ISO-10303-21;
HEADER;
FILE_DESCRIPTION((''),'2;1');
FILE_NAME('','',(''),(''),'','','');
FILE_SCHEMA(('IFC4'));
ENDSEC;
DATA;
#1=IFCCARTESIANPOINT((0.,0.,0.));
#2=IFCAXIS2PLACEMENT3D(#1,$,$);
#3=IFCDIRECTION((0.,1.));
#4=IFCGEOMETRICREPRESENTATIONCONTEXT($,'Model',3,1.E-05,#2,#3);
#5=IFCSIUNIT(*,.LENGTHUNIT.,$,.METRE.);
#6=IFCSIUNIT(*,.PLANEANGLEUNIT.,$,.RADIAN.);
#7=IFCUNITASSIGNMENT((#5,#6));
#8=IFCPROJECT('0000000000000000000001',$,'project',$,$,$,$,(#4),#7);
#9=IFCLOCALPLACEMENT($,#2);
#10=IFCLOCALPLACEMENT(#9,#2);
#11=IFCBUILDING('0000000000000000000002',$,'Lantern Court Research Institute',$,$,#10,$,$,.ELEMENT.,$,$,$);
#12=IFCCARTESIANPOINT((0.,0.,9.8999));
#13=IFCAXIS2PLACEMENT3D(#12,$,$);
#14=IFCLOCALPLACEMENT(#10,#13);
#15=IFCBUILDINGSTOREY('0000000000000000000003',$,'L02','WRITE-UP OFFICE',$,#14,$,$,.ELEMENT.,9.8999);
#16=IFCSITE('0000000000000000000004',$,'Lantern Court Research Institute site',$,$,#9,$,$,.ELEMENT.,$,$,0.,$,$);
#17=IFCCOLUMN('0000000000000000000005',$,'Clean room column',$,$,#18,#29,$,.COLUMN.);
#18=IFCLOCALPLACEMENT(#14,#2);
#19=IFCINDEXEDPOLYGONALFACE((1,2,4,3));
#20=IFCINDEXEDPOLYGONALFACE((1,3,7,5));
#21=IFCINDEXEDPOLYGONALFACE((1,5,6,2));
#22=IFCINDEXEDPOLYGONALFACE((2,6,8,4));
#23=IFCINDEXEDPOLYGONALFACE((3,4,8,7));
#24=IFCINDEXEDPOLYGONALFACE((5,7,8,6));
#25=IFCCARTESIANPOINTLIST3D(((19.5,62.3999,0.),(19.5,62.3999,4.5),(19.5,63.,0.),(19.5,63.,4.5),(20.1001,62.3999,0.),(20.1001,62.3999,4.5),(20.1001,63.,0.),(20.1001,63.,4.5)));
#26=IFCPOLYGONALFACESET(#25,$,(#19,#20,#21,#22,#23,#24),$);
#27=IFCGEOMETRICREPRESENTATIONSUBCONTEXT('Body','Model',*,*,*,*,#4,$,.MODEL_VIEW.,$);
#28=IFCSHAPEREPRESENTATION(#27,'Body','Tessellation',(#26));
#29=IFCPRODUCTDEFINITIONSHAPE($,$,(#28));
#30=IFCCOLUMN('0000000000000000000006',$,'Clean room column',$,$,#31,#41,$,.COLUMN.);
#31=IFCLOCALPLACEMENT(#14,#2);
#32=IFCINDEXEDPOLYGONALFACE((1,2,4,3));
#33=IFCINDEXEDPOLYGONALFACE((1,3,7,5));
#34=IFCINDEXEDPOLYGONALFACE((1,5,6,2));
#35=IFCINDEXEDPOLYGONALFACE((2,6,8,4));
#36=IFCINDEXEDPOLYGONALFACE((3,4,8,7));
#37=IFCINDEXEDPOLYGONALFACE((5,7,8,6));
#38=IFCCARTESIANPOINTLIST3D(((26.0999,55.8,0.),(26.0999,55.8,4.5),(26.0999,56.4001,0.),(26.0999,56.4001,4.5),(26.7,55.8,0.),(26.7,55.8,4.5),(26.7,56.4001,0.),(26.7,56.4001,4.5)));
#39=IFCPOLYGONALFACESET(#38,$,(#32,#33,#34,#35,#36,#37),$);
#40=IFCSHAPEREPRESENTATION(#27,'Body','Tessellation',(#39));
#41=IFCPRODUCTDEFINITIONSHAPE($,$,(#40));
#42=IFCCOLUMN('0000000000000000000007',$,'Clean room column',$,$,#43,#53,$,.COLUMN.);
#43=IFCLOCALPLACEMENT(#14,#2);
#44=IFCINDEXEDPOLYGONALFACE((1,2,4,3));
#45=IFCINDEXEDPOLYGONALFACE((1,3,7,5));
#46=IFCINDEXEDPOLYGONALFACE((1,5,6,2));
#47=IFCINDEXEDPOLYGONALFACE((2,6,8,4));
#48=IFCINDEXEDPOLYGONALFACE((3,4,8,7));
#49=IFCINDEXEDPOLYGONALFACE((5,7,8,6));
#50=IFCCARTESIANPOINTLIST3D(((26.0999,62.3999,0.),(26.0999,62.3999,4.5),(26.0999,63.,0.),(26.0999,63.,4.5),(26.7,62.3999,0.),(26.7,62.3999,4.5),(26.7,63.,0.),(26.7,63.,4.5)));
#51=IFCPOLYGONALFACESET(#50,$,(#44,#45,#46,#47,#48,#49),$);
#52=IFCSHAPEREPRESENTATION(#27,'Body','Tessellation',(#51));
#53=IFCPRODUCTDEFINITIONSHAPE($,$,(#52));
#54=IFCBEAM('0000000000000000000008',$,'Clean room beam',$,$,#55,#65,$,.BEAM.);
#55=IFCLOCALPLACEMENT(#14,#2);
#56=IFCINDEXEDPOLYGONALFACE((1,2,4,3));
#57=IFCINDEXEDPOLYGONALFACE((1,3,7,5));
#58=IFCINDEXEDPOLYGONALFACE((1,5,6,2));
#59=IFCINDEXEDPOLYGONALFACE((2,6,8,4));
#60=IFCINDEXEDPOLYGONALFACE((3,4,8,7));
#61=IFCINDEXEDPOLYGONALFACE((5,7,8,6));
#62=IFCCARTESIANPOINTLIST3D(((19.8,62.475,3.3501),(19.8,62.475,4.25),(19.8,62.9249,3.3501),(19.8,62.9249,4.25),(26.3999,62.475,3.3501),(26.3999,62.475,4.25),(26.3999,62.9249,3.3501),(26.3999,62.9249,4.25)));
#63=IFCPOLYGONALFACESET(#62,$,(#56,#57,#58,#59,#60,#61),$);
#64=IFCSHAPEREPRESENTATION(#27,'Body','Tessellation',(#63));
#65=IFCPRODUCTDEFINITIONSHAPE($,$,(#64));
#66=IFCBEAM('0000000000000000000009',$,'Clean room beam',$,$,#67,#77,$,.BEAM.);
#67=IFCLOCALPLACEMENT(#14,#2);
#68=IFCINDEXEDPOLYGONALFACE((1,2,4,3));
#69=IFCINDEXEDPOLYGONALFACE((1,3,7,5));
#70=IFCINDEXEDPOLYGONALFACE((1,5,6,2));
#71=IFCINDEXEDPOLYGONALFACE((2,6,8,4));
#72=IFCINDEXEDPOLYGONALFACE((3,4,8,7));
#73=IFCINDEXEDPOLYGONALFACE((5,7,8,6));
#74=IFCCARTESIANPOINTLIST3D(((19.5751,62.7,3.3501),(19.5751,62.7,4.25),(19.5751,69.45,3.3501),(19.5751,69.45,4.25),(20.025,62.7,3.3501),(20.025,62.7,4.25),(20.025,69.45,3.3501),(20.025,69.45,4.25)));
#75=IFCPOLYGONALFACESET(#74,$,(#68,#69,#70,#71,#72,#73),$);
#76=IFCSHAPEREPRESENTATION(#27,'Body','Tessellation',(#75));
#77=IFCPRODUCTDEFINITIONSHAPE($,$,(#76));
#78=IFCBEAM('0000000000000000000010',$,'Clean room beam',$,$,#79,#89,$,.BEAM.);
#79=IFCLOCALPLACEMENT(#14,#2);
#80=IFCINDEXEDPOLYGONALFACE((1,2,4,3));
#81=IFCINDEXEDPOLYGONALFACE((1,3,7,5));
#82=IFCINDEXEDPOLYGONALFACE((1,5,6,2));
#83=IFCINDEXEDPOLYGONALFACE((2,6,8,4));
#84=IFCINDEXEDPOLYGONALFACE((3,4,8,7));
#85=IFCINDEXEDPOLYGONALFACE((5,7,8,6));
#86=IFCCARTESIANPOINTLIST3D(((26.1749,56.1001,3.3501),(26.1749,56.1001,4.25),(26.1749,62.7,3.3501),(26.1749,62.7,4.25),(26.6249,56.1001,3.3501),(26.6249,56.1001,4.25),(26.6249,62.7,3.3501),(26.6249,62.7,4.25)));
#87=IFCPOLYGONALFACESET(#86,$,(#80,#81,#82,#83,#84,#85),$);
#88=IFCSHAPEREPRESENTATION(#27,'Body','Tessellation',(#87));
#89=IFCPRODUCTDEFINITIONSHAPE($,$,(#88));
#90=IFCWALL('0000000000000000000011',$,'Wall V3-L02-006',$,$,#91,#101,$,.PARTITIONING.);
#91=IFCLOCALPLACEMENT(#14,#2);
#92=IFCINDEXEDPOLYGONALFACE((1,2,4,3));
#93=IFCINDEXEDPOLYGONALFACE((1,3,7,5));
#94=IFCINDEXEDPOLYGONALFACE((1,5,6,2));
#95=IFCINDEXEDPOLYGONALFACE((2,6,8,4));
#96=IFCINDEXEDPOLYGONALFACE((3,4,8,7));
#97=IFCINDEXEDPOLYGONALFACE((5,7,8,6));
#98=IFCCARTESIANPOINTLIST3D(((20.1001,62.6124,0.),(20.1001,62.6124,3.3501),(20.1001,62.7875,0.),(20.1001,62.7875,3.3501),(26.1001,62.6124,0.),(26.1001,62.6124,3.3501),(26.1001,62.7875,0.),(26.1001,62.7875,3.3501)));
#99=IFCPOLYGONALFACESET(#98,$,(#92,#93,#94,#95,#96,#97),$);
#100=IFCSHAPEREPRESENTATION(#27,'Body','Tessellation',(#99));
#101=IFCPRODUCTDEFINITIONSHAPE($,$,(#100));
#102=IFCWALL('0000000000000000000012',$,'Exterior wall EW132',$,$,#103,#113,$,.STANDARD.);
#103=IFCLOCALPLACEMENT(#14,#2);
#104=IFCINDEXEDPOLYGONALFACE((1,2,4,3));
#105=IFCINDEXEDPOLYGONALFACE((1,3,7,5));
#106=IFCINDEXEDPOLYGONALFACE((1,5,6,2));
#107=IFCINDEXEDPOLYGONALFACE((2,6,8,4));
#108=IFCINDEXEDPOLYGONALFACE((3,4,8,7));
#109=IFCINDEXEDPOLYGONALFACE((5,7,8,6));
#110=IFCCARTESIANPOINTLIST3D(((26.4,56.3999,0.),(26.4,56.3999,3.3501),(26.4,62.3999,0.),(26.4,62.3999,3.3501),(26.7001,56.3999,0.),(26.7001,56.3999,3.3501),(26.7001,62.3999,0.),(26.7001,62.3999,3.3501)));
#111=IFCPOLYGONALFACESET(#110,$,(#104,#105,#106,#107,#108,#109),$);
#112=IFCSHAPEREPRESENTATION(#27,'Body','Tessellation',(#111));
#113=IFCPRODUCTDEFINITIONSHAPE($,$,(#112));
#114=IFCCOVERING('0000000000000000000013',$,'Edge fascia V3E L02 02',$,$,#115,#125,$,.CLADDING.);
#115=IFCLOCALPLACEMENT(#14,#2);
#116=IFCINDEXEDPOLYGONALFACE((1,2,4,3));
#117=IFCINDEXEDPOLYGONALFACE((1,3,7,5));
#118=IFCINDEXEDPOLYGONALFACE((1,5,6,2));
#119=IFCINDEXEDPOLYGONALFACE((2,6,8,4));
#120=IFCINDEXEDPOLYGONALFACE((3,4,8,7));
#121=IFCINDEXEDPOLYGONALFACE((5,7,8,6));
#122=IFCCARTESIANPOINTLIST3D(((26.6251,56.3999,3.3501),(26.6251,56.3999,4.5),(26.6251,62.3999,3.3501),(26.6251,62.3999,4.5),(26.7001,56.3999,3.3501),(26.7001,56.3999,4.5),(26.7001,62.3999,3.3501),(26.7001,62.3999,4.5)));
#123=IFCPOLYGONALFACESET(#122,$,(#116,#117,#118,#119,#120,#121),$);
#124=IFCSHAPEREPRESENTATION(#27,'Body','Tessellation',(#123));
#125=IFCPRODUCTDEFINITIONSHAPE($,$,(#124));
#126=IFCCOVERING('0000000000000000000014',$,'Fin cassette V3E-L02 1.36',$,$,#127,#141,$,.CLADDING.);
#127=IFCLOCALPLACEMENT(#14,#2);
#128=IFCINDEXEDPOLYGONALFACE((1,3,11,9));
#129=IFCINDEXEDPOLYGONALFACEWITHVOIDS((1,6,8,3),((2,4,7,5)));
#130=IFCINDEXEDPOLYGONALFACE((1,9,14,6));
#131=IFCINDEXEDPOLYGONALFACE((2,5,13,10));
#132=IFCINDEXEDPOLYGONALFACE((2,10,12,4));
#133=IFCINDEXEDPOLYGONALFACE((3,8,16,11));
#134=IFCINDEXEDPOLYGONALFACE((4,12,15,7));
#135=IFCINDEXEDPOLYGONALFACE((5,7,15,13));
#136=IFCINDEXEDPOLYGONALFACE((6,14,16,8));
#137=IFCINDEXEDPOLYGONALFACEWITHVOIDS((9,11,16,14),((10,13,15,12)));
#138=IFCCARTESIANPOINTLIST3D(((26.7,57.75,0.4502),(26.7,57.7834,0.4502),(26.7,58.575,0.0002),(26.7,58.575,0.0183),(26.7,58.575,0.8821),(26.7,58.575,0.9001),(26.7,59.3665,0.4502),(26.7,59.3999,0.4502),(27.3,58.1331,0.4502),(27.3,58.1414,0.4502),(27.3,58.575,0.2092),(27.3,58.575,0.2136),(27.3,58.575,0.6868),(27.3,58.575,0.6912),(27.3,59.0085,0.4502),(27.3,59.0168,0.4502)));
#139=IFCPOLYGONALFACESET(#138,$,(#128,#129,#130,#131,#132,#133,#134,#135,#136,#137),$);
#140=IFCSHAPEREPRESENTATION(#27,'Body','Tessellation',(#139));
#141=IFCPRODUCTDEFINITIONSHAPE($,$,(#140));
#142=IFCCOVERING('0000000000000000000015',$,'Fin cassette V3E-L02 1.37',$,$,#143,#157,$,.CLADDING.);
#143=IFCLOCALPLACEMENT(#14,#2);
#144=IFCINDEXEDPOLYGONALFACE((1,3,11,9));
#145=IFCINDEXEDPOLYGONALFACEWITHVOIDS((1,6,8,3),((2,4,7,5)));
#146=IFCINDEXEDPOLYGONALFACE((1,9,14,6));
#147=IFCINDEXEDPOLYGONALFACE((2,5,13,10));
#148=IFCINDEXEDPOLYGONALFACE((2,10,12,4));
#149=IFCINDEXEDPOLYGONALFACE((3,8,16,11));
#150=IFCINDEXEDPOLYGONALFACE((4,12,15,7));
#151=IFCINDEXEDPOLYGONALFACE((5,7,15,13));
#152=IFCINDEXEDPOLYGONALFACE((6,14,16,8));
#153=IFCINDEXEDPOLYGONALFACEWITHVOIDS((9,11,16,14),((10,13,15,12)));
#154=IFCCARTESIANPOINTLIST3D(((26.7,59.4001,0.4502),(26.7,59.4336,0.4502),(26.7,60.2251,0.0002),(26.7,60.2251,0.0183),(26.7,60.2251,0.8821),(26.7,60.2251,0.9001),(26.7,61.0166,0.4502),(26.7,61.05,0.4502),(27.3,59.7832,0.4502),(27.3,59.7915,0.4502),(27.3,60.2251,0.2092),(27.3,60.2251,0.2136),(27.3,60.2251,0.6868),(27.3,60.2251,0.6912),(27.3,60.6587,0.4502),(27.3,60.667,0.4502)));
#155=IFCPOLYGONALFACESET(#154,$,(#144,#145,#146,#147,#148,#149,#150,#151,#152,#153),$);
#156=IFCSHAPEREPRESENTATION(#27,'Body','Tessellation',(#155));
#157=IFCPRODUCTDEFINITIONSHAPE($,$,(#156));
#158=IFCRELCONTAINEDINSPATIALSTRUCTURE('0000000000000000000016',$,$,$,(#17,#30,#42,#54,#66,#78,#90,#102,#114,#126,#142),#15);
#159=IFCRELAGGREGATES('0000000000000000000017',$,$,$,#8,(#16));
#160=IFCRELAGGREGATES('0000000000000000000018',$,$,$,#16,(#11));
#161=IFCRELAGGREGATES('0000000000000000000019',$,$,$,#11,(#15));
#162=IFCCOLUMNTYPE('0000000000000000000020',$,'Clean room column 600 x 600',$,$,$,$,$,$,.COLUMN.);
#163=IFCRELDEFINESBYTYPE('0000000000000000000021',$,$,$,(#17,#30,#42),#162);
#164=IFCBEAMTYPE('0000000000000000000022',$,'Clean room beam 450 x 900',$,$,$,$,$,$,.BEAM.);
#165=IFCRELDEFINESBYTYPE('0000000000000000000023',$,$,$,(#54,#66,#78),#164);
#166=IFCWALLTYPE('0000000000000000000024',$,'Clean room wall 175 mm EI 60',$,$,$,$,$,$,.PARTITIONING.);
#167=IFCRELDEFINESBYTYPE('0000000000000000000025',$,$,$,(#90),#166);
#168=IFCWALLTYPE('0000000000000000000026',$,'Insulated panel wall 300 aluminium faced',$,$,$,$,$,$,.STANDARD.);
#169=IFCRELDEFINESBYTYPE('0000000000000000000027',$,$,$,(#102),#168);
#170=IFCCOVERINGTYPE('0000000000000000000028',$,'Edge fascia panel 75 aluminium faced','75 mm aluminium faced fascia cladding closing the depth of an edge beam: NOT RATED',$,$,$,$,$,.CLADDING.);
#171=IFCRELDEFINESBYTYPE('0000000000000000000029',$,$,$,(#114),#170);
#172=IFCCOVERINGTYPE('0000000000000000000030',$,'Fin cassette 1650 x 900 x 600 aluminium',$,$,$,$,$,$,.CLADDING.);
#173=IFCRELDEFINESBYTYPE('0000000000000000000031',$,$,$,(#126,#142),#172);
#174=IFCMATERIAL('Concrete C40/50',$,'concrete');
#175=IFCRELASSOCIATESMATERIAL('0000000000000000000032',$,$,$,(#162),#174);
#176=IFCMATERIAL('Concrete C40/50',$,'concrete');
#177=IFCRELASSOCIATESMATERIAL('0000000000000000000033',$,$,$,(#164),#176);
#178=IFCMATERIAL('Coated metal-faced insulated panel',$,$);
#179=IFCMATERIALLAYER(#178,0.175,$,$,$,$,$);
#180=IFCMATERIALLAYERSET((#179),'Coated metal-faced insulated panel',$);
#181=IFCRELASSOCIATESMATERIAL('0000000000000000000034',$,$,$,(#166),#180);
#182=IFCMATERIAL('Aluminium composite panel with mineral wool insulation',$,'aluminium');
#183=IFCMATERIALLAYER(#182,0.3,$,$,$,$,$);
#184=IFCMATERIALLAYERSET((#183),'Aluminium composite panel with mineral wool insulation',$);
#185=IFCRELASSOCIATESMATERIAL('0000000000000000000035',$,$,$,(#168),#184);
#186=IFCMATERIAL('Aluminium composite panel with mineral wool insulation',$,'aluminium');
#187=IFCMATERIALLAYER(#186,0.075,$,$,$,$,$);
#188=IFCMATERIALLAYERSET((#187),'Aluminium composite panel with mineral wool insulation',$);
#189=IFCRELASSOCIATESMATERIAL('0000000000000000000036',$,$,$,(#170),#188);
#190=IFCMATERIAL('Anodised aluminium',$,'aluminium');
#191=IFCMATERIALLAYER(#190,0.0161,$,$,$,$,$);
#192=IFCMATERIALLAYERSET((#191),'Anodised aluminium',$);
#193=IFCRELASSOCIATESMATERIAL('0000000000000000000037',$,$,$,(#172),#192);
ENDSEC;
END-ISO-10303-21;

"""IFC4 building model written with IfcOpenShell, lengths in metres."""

from ifc_helpers import new_model, entity, si_unit, direction, frame, frame_2d, origin, origin_2d, place, context, subcontext, project, spatial, rectangle, extrude, material, layer, layer_set, material_profile, profile_set, type_object, element, save


model = new_model("IFC4")

# Units and contexts
model_context = context("Model", 3, precision=1e-05, world=origin(), true_north=direction((0.0, 1.0)))
body_context = subcontext(model_context, "Body", "Model", "MODEL_VIEW")
ifc_project = project(units=[si_unit("LENGTHUNIT", "METRE"), si_unit("PLANEANGLEUNIT", "RADIAN")], contexts=[model_context])

# Site, building, storey
site_placement = place(None, origin())
site = spatial("IfcSite", under=ifc_project, at=site_placement, Name="Lantern Court Research Institute site", CompositionType="ELEMENT", RefElevation=0.0)
building_placement = place(site_placement, origin())
building = spatial("IfcBuilding", under=site, at=building_placement, Name="Lantern Court Research Institute", CompositionType="ELEMENT")
storey_placement = place(building_placement, frame((0.0, 0.0, 9.8999)))
storey = spatial("IfcBuildingStorey", under=building, at=storey_placement, Name="L02", Description="WRITE-UP OFFICE", CompositionType="ELEMENT", Elevation=9.8999)

# Columns
ifc_material_1 = material(Name="Concrete C40/50", Category="concrete")
ifc_material_profile_1 = material_profile(ifc_material_1, rectangle(XDim=0.6001, YDim=0.6001, at=origin_2d()), Name="Clean room column 600 x 600")
ifc_profile_set_1 = profile_set([ifc_material_profile_1], Name="Concrete C40/50")
column_type = type_object("IfcColumnType", Name="Clean room column 600 x 600", PredefinedType="COLUMN", material=ifc_profile_set_1)
for number, where, z_axis, x_axis, name in (
    (1, (19.8, 62.7, 0.0), (0.0, 0.0, 1.0), (1.0, 0.0, 0.0), "Clean room column"),
    (2, (26.3999, 56.1001, 0.0), (0.0, 0.0, 1.0), (1.0, 0.0, 0.0), "Clean room column"),
    (3, (26.3999, 62.7, 0.0), (0.0, 0.0, 1.0), (1.0, 0.0, 0.0), "Clean room column"),
):
    element("IfcColumn", number, at=place(storey_placement, frame(where, z_axis=z_axis, x_axis=x_axis)), inside=storey, type_object=column_type, Name=name, PredefinedType="COLUMN", context=body_context, shape_type="SweptSolid", body=[
        extrude(rectangle(XDim=0.6001, YDim=0.6001, at=origin_2d()), origin(), (0.0, 0.0, 1.0), 4.5),
    ])

# Beams
ifc_material_2 = material(Name="Concrete C40/50", Category="concrete")
ifc_material_profile_2 = material_profile(ifc_material_2, rectangle(XDim=0.45, YDim=0.8999, at=origin_2d()), Name="Clean room beam 450 x 900")
ifc_profile_set_2 = profile_set([ifc_material_profile_2], Name="Concrete C40/50")
beam_type = type_object("IfcBeamType", Name="Clean room beam 450 x 900", PredefinedType="BEAM", material=ifc_profile_set_2)
beam_1_placement = place(storey_placement, frame((19.8, 62.7, 3.8), z_axis=(1.0, 0.0, 0.0), x_axis=(0.0, 1.0, 0.0)))
element("IfcBeam", 4, at=beam_1_placement, inside=storey, type_object=beam_type, Name="Clean room beam", PredefinedType="BEAM", context=body_context, shape_type="SweptSolid", body=[
    extrude(rectangle(XDim=0.45, YDim=0.8999, at=origin_2d()), origin(), (0.0, 0.0, 1.0), 6.5999),
])
beam_2_placement = place(storey_placement, frame((19.8, 62.7, 3.8), z_axis=(0.0, 1.0, 0.0), x_axis=(-1.0, 0.0, 0.0)))
element("IfcBeam", 5, at=beam_2_placement, inside=storey, type_object=beam_type, Name="Clean room beam", PredefinedType="BEAM", context=body_context, shape_type="SweptSolid", body=[
    extrude(rectangle(XDim=0.45, YDim=0.8999, at=origin_2d()), origin(), (0.0, 0.0, 1.0), 6.75),
])
beam_3_placement = place(storey_placement, frame((26.3999, 56.1001, 3.8), z_axis=(0.0, 1.0, 0.0), x_axis=(-1.0, 0.0, 0.0)))
element("IfcBeam", 6, at=beam_3_placement, inside=storey, type_object=beam_type, Name="Clean room beam", PredefinedType="BEAM", context=body_context, shape_type="SweptSolid", body=[
    extrude(rectangle(XDim=0.45, YDim=0.8999, at=origin_2d()), origin(), (0.0, 0.0, 1.0), 6.5999),
])

# Walls
ifc_material_3 = material(Name="Coated metal-faced insulated panel")
ifc_layer_1 = layer(ifc_material_3, 0.175)
ifc_layer_set_1 = layer_set([ifc_layer_1], Name="Coated metal-faced insulated panel")
wall_type_1 = type_object("IfcWallType", Name="Clean room wall 175 mm EI 60", PredefinedType="PARTITIONING", material=ifc_layer_set_1)
wall_1_placement = place(storey_placement, frame((20.1001, 62.7, 0.0), z_axis=(0.0, 0.0, 1.0), x_axis=(1.0, 0.0, 0.0)))
element("IfcWall", 7, at=wall_1_placement, inside=storey, type_object=wall_type_1, Name="Wall V3-L02-006", PredefinedType="PARTITIONING", context=body_context, shape_type="SweptSolid", body=[
    extrude(rectangle(XDim=6.0, YDim=0.175, at=frame_2d((3.0, 0.0))), origin(), (0.0, 0.0, 1.0), 3.3501),
])
ifc_material_4 = material(Name="Aluminium composite panel with mineral wool insulation", Category="aluminium")
ifc_layer_2 = layer(ifc_material_4, 0.3)
ifc_layer_set_2 = layer_set([ifc_layer_2], Name="Aluminium composite panel with mineral wool insulation")
wall_type_2 = type_object("IfcWallType", Name="Insulated panel wall 300 aluminium faced", PredefinedType="STANDARD", material=ifc_layer_set_2)
wall_2_placement = place(storey_placement, frame((26.55, 62.3999, 0.0), z_axis=(0.0, 0.0, 1.0), x_axis=(0.0, -1.0, 0.0)))
element("IfcWall", 8, at=wall_2_placement, inside=storey, type_object=wall_type_2, Name="Exterior wall EW132", PredefinedType="STANDARD", context=body_context, shape_type="SweptSolid", body=[
    extrude(rectangle(XDim=6.0, YDim=0.3, at=frame_2d((3.0, 0.0))), origin(), (0.0, 0.0, 1.0), 3.3501),
])

# Coverings
ifc_material_5 = material(Name="Aluminium composite panel with mineral wool insulation", Category="aluminium")
ifc_layer_3 = layer(ifc_material_5, 0.075)
ifc_layer_set_3 = layer_set([ifc_layer_3], Name="Aluminium composite panel with mineral wool insulation")
covering_type_1 = type_object("IfcCoveringType", Name="Edge fascia panel 75 aluminium faced", Description="75 mm aluminium faced fascia cladding closing the depth of an edge beam: NOT RATED", PredefinedType="CLADDING", material=ifc_layer_set_3)
covering_1_placement = place(storey_placement, frame((26.6626, 62.3999, 3.3501), z_axis=(0.0, 0.0, 1.0), x_axis=(0.0, -1.0, 0.0)))
element("IfcCovering", 9, at=covering_1_placement, inside=storey, type_object=covering_type_1, Name="Edge fascia V3E L02 02", PredefinedType="CLADDING", context=body_context, shape_type="SweptSolid", body=[
    extrude(rectangle(XDim=6.0, YDim=0.075, at=frame_2d((3.0, 0.0))), origin(), (0.0, 0.0, 1.0), 1.1499),
])
ifc_material_6 = material(Name="Anodised aluminium", Category="aluminium")
ifc_layer_4 = layer(ifc_material_6, 0.0161)
ifc_layer_set_4 = layer_set([ifc_layer_4], Name="Anodised aluminium")
covering_type_2 = type_object("IfcCoveringType", Name="Fin cassette 1650 x 900 x 600 aluminium", PredefinedType="CLADDING", material=ifc_layer_set_4)
covering_2_placement = place(storey_placement, frame((26.7, 58.575, 0.4502), z_axis=(1.0, 0.0, 0.0), x_axis=(0.0, 1.0, 0.0)))
cartesian_point_1 = entity("IfcCartesianPoint", [0.825, 0.0])
cartesian_point_2 = entity("IfcCartesianPoint", [0.7915, 0.0])
cartesian_point_3 = entity("IfcCartesianPoint", [0.4419, 0.0])
cartesian_point_4 = entity("IfcCartesianPoint", [0.4336, 0.0])
element("IfcCovering", 10, at=covering_2_placement, inside=storey, type_object=covering_type_2, Name="Fin cassette V3E-L02 1.36", PredefinedType="CLADDING", context=body_context, shape_type="SweptSolid", body=[
    entity("IfcExtrudedAreaSolidTapered", entity("IfcArbitraryProfileDefWithVoids", "AREA", None, entity("IfcPolyline", [cartesian_point_1, entity("IfcCartesianPoint", [0.0, 0.45]), entity("IfcCartesianPoint", [-0.825, 0.0]), entity("IfcCartesianPoint", [0.0, -0.45]), cartesian_point_1]), [entity("IfcPolyline", [cartesian_point_2, entity("IfcCartesianPoint", [0.0, 0.4319]), entity("IfcCartesianPoint", [-0.7915, 0.0]), entity("IfcCartesianPoint", [0.0, -0.4319]), cartesian_point_2])]), entity("IfcAxis2Placement3D", entity("IfcCartesianPoint", [0.0, 0.0, 0.0])), entity("IfcDirection", [0.0, 0.0, 1.0]), 0.6001, entity("IfcArbitraryProfileDefWithVoids", "AREA", None, entity("IfcPolyline", [cartesian_point_3, entity("IfcCartesianPoint", [0.0, 0.241]), entity("IfcCartesianPoint", [-0.4419, 0.0]), entity("IfcCartesianPoint", [0.0, -0.241]), cartesian_point_3]), [entity("IfcPolyline", [cartesian_point_4, entity("IfcCartesianPoint", [0.0, 0.2366]), entity("IfcCartesianPoint", [-0.4336, 0.0]), entity("IfcCartesianPoint", [0.0, -0.2366]), cartesian_point_4])])),
])
covering_3_placement = place(storey_placement, frame((26.7, 60.2251, 0.4502), z_axis=(1.0, 0.0, 0.0), x_axis=(0.0, 1.0, 0.0)))
cartesian_point_5 = entity("IfcCartesianPoint", [0.825, 0.0])
cartesian_point_6 = entity("IfcCartesianPoint", [0.7915, 0.0])
cartesian_point_7 = entity("IfcCartesianPoint", [0.4419, 0.0])
cartesian_point_8 = entity("IfcCartesianPoint", [0.4336, 0.0])
element("IfcCovering", 11, at=covering_3_placement, inside=storey, type_object=covering_type_2, Name="Fin cassette V3E-L02 1.37", PredefinedType="CLADDING", context=body_context, shape_type="SweptSolid", body=[
    entity("IfcExtrudedAreaSolidTapered", entity("IfcArbitraryProfileDefWithVoids", "AREA", None, entity("IfcPolyline", [cartesian_point_5, entity("IfcCartesianPoint", [0.0, 0.45]), entity("IfcCartesianPoint", [-0.825, 0.0]), entity("IfcCartesianPoint", [0.0, -0.45]), cartesian_point_5]), [entity("IfcPolyline", [cartesian_point_6, entity("IfcCartesianPoint", [0.0, 0.4319]), entity("IfcCartesianPoint", [-0.7915, 0.0]), entity("IfcCartesianPoint", [0.0, -0.4319]), cartesian_point_6])]), entity("IfcAxis2Placement3D", entity("IfcCartesianPoint", [0.0, 0.0, 0.0])), entity("IfcDirection", [0.0, 0.0, 1.0]), 0.6001, entity("IfcArbitraryProfileDefWithVoids", "AREA", None, entity("IfcPolyline", [cartesian_point_7, entity("IfcCartesianPoint", [0.0, 0.241]), entity("IfcCartesianPoint", [-0.4419, 0.0]), entity("IfcCartesianPoint", [0.0, -0.241]), cartesian_point_7]), [entity("IfcPolyline", [cartesian_point_8, entity("IfcCartesianPoint", [0.0, 0.2366]), entity("IfcCartesianPoint", [-0.4336, 0.0]), entity("IfcCartesianPoint", [0.0, -0.2366]), cartesian_point_8])])),
])

save(model, "model.ifc")
